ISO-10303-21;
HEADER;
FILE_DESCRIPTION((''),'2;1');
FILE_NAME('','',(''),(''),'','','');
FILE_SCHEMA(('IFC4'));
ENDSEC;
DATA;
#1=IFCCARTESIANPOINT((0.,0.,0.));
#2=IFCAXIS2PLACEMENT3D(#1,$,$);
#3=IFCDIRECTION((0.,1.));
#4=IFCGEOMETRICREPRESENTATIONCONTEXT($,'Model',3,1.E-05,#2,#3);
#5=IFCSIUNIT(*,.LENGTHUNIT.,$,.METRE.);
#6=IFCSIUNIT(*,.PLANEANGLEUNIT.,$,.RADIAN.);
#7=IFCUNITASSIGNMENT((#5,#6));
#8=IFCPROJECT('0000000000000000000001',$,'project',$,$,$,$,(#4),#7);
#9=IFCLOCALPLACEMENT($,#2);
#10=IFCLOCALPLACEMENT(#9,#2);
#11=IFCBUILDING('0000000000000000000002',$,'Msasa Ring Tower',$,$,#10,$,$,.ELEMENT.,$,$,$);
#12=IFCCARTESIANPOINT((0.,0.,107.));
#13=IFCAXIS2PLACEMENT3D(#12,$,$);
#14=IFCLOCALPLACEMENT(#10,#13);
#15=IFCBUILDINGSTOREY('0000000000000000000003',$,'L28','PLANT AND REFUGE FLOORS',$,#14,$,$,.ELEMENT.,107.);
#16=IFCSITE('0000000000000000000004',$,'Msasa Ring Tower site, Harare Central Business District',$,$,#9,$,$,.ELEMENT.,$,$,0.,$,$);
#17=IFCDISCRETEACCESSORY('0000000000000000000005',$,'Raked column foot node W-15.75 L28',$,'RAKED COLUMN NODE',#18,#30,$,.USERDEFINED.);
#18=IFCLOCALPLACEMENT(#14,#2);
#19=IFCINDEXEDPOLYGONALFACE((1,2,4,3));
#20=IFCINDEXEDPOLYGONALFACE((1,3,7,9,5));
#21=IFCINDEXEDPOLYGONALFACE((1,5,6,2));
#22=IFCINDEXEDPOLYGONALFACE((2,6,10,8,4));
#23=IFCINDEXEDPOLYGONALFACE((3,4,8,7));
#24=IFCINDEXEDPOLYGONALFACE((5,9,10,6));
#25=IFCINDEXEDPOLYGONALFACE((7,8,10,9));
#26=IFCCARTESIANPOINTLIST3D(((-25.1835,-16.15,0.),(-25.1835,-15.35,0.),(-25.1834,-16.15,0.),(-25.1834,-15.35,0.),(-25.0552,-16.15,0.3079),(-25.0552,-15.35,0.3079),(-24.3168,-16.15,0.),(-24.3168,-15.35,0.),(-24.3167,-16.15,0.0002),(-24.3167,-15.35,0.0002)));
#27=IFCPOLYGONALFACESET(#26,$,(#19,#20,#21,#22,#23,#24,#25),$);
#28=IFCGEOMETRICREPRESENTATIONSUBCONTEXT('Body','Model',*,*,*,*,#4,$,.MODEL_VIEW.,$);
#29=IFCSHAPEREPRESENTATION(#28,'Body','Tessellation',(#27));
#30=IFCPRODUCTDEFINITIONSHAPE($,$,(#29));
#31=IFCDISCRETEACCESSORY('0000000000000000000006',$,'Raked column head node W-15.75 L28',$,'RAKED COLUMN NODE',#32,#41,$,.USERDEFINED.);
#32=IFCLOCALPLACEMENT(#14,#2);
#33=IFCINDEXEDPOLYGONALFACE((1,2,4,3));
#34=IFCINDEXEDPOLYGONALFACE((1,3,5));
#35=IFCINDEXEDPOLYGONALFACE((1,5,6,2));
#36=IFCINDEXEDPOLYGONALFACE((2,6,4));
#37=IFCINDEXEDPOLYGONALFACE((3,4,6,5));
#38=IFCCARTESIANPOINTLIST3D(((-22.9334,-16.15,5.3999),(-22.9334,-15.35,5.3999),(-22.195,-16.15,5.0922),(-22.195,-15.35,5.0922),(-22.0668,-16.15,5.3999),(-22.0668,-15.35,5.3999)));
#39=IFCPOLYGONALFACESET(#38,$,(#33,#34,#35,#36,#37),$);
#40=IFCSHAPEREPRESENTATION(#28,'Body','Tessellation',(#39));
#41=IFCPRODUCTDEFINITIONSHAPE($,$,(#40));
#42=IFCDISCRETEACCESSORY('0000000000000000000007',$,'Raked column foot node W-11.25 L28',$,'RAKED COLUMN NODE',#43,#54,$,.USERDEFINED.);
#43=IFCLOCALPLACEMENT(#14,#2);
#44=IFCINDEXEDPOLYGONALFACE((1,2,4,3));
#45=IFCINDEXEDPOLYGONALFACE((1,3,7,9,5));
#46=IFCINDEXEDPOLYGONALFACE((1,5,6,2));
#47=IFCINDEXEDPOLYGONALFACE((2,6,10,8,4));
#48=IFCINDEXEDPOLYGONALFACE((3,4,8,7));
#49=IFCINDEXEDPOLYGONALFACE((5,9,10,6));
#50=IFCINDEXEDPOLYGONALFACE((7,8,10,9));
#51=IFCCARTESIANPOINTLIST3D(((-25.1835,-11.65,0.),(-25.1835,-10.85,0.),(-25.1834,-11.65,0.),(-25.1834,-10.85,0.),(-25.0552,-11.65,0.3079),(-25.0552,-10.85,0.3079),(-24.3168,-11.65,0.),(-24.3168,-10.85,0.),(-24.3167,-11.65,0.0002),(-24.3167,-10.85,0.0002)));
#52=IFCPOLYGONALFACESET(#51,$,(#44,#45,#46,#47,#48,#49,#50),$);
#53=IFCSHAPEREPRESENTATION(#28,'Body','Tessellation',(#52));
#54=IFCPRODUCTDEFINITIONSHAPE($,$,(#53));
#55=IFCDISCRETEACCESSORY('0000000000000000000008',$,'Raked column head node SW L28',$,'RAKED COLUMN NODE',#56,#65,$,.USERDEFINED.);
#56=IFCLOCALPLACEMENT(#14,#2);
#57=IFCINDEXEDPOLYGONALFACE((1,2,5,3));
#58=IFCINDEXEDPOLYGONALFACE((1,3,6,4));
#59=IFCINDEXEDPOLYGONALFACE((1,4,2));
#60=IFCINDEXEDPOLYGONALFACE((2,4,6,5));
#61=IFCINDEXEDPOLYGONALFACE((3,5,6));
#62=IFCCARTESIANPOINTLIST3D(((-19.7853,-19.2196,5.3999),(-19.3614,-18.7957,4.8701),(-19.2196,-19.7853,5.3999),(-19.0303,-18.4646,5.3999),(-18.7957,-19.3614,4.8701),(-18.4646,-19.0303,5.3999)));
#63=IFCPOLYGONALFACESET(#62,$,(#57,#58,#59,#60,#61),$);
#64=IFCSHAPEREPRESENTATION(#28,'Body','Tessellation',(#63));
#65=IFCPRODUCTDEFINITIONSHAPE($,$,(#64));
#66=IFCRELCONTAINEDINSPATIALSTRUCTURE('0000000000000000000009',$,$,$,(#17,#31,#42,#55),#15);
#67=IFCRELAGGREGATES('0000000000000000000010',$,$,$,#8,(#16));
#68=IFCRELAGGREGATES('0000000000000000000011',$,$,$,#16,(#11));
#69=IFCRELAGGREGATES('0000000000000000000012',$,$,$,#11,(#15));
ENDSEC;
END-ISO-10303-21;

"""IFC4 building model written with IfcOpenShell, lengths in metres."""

from ifc_helpers import new_model, si_unit, direction, frame, origin, origin_2d, place, context, subcontext, project, spatial, rectangle, extrude, clip, halfspace, element, save


model = new_model("IFC4")

# Units and contexts
model_context = context("Model", 3, precision=1e-05, world=origin(), true_north=direction((0.0, 1.0)))
body_context = subcontext(model_context, "Body", "Model", "MODEL_VIEW")
ifc_project = project(units=[si_unit("LENGTHUNIT", "METRE"), si_unit("PLANEANGLEUNIT", "RADIAN")], contexts=[model_context])

# Site, building, storey
site_placement = place(None, origin())
site = spatial("IfcSite", under=ifc_project, at=site_placement, Name="Msasa Ring Tower site, Harare Central Business District", CompositionType="ELEMENT", RefElevation=0.0)
building_placement = place(site_placement, origin())
building = spatial("IfcBuilding", under=site, at=building_placement, Name="Msasa Ring Tower", CompositionType="ELEMENT")
storey_placement = place(building_placement, frame((0.0, 0.0, 107.0)))
storey = spatial("IfcBuildingStorey", under=building, at=storey_placement, Name="L28", Description="PLANT AND REFUGE FLOORS", CompositionType="ELEMENT", Elevation=107.0)

# Discrete accessories
discrete_accessory_1_placement = place(storey_placement, frame((-24.75, -15.75, 0.0)))
element("IfcDiscreteAccessory", 1, at=discrete_accessory_1_placement, inside=storey, Name="Raked column foot node W-15.75 L28", ObjectType="RAKED COLUMN NODE", PredefinedType="USERDEFINED", context=body_context, shape_type="Clipping", body=[
    clip(extrude(rectangle(XDim=0.8, YDim=0.8, at=origin_2d()), frame((-0.0642, 0.0, -0.1538), z_axis=(0.384615, 0.0, 0.923077), x_axis=(0.0, 1.0, 0.0)), (0.0, 0.0, 1.0), 0.3335), halfspace(frame((0.0, 0.0, 0.0), z_axis=(0.0, 0.0, 1.0)), True)),
])
discrete_accessory_2_placement = place(storey_placement, frame((-22.5, -15.75, 5.3999)))
element("IfcDiscreteAccessory", 2, at=discrete_accessory_2_placement, inside=storey, Name="Raked column head node W-15.75 L28", ObjectType="RAKED COLUMN NODE", PredefinedType="USERDEFINED", context=body_context, shape_type="Clipping", body=[
    clip(extrude(rectangle(XDim=0.8, YDim=0.8, at=origin_2d()), frame((-0.0642, 0.0, -0.1538), z_axis=(0.384615, 0.0, 0.923077), x_axis=(0.0, 1.0, 0.0)), (0.0, 0.0, 1.0), 0.3335), halfspace(frame((0.0, 0.0, 0.0), z_axis=(0.0, 0.0, -1.0)), True)),
])
discrete_accessory_3_placement = place(storey_placement, frame((-24.75, -11.25, 0.0)))
element("IfcDiscreteAccessory", 3, at=discrete_accessory_3_placement, inside=storey, Name="Raked column foot node W-11.25 L28", ObjectType="RAKED COLUMN NODE", PredefinedType="USERDEFINED", context=body_context, shape_type="Clipping", body=[
    clip(extrude(rectangle(XDim=0.8, YDim=0.8, at=origin_2d()), frame((-0.0642, 0.0, -0.1538), z_axis=(0.384615, 0.0, 0.923077), x_axis=(0.0, 1.0, 0.0)), (0.0, 0.0, 1.0), 0.3335), halfspace(frame((0.0, 0.0, 0.0), z_axis=(0.0, 0.0, 1.0)), True)),
])
discrete_accessory_4_placement = place(storey_placement, frame((-19.125, -19.125, 5.3999)))
element("IfcDiscreteAccessory", 4, at=discrete_accessory_4_placement, inside=storey, Name="Raked column head node SW L28", ObjectType="RAKED COLUMN NODE", PredefinedType="USERDEFINED", context=body_context, shape_type="Clipping", body=[
    clip(extrude(rectangle(XDim=0.8, YDim=0.8, at=origin_2d()), frame((-0.1655, -0.1655, -0.2649), z_axis=(0.468293, 0.468293, 0.749269), x_axis=(-0.707107, 0.707107, 0.0)), (0.0, 0.0, 1.0), 0.7073), halfspace(frame((0.0, 0.0, 0.0), z_axis=(0.0, 0.0, -1.0)), True)),
])

save(model, "model.ifc")
